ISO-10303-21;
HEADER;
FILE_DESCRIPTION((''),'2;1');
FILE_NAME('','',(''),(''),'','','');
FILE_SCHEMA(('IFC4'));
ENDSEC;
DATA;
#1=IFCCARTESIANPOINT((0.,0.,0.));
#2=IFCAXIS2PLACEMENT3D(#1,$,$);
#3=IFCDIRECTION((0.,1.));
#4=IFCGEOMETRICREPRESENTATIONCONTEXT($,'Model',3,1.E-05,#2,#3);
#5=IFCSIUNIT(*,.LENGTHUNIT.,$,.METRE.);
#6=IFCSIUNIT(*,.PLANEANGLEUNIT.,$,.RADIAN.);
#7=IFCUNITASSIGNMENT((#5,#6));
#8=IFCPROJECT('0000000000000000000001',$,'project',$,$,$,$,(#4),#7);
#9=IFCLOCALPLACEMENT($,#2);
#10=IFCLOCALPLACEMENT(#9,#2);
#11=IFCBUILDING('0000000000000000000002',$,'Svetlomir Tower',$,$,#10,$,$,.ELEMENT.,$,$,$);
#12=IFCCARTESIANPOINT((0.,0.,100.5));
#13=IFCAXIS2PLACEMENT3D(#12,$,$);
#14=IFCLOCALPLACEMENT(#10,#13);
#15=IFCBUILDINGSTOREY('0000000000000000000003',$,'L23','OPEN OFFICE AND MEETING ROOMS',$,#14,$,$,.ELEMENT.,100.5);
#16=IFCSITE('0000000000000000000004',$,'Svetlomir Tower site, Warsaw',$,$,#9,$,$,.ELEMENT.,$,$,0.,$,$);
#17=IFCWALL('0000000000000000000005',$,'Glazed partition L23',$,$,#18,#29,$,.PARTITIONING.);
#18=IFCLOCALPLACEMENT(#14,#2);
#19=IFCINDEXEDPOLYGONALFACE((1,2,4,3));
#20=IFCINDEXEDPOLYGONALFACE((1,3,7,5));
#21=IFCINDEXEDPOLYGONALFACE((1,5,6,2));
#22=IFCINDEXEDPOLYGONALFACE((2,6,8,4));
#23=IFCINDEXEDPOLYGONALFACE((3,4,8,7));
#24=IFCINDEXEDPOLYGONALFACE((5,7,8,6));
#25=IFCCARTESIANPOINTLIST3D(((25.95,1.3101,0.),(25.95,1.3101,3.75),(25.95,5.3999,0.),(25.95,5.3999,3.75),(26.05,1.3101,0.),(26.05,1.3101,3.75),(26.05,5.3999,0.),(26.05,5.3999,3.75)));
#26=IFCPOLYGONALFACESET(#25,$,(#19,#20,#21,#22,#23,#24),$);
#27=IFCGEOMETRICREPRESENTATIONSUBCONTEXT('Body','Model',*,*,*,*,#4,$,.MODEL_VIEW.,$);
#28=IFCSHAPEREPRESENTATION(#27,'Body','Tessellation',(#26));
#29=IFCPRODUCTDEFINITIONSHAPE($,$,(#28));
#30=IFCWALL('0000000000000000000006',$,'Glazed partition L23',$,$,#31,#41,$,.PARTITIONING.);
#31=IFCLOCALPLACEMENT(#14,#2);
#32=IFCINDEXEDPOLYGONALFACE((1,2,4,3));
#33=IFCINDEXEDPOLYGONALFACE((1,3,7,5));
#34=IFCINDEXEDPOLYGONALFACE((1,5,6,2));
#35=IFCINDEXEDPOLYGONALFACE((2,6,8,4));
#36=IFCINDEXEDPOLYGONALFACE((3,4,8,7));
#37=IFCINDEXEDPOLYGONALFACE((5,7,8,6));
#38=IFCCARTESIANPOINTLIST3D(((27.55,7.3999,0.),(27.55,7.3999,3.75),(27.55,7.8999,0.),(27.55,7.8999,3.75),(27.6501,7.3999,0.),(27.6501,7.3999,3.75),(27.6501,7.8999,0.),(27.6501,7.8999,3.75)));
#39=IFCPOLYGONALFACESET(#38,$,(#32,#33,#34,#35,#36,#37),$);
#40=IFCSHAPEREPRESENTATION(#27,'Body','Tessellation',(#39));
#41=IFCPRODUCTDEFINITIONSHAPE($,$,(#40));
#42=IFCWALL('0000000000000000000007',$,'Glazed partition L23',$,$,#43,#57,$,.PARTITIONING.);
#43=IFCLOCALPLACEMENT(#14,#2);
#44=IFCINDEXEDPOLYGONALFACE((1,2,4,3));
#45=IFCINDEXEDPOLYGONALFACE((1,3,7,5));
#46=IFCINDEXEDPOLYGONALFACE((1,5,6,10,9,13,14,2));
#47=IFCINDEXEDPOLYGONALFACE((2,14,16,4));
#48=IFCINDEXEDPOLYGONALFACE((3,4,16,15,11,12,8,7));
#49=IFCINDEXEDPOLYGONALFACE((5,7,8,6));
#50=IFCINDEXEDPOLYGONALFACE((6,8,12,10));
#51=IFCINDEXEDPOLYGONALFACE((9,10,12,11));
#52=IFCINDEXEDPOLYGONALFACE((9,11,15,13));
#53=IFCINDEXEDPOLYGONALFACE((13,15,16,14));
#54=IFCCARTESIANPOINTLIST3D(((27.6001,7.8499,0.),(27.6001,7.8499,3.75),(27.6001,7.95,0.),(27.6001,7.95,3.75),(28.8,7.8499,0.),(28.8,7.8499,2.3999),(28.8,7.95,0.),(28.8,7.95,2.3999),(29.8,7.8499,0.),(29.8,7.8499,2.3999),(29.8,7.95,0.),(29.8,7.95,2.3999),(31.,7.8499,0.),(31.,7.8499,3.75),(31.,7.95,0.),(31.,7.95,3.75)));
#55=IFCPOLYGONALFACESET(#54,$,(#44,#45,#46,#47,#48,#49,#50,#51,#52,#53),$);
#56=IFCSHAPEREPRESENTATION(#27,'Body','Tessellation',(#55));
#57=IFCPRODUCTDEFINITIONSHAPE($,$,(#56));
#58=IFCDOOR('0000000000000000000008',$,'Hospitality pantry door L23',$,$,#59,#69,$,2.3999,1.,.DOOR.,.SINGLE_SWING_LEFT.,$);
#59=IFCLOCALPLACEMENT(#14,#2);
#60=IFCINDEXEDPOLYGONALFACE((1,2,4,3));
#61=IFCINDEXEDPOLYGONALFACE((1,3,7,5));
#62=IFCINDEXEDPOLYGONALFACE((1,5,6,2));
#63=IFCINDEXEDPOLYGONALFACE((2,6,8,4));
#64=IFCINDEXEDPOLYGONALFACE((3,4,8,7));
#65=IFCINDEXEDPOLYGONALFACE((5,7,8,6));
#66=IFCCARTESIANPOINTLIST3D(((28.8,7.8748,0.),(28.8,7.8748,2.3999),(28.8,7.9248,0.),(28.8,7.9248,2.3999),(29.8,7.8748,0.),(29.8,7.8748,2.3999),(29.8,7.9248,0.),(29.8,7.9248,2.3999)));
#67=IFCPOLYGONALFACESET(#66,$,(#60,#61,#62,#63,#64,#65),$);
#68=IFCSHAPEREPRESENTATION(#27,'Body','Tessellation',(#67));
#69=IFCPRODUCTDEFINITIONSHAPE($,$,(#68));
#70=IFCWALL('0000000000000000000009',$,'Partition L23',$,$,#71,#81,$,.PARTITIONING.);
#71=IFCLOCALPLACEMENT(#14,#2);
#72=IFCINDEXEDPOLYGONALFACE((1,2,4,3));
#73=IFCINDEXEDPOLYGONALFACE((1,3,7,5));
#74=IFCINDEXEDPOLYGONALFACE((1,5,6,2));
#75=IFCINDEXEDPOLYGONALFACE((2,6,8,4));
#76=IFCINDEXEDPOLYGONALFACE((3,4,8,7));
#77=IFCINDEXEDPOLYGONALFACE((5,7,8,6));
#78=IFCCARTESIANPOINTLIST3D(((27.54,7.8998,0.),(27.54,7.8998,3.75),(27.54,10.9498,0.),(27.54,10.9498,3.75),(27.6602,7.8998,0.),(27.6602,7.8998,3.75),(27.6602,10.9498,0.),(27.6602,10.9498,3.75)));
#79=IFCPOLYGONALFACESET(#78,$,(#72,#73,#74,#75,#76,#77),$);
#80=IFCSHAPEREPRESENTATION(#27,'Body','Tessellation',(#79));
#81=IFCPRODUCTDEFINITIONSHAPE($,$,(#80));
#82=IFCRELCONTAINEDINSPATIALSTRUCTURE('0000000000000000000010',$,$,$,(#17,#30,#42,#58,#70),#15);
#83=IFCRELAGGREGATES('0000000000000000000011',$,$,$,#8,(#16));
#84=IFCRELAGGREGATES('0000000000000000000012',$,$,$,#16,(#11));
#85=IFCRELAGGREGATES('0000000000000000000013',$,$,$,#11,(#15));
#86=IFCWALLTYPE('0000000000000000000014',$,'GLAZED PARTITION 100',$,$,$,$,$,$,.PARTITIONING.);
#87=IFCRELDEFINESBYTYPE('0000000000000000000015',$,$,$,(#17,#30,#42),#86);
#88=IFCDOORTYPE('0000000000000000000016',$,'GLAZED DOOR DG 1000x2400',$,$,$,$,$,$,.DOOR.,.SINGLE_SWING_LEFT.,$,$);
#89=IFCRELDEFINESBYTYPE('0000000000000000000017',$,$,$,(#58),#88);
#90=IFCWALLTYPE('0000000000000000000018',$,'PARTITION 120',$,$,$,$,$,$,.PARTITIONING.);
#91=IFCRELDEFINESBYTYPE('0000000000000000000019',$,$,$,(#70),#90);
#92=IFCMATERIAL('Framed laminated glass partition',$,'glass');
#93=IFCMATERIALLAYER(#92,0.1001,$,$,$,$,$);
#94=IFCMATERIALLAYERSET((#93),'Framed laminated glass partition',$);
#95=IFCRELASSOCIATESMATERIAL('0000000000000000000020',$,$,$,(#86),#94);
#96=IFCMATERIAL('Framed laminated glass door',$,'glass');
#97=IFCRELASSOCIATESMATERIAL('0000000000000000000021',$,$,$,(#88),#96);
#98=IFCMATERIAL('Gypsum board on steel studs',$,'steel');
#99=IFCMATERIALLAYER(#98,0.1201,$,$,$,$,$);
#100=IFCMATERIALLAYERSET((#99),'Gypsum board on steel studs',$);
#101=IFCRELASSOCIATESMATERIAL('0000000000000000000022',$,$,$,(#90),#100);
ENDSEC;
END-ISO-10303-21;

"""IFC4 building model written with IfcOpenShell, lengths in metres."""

from ifc_helpers import new_model, si_unit, direction, frame, frame_2d, origin, place, context, subcontext, project, spatial, rectangle, extrude, material, layer, layer_set, type_object, element, fill, save


model = new_model("IFC4")

# Units and contexts
model_context = context("Model", 3, precision=1e-05, world=origin(), true_north=direction((0.0, 1.0)))
body_context = subcontext(model_context, "Body", "Model", "MODEL_VIEW")
ifc_project = project(units=[si_unit("LENGTHUNIT", "METRE"), si_unit("PLANEANGLEUNIT", "RADIAN")], contexts=[model_context])

# Site, building, storey
site_placement = place(None, origin())
site = spatial("IfcSite", under=ifc_project, at=site_placement, Name="Svetlomir Tower site, Warsaw", CompositionType="ELEMENT", RefElevation=0.0)
building_placement = place(site_placement, origin())
building = spatial("IfcBuilding", under=site, at=building_placement, Name="Svetlomir Tower", CompositionType="ELEMENT")
storey_placement = place(building_placement, frame((0.0, 0.0, 100.5)))
storey = spatial("IfcBuildingStorey", under=building, at=storey_placement, Name="L23", Description="OPEN OFFICE AND MEETING ROOMS", CompositionType="ELEMENT", Elevation=100.5)

# Shared definitions
ifc_material_1 = material(Name="Framed laminated glass partition", Category="glass")
ifc_layer_1 = layer(ifc_material_1, 0.1001)
ifc_layer_set_1 = layer_set([ifc_layer_1], Name="Framed laminated glass partition")
wall_type_1 = type_object("IfcWallType", Name="GLAZED PARTITION 100", PredefinedType="PARTITIONING", material=ifc_layer_set_1)

# Shared definitions
ifc_material_2 = material(Name="Framed laminated glass door", Category="glass")
door_type_1 = type_object("IfcDoorType", Name="GLAZED DOOR DG 1000x2400", OperationType="SINGLE_SWING_LEFT", PredefinedType="DOOR", material=ifc_material_2)

# Walls
wall_1_placement = place(storey_placement, frame((26.0, 1.3101, 0.0), z_axis=(0.0, 0.0, 1.0), x_axis=(0.0, 1.0, 0.0)))
element("IfcWall", 1, at=wall_1_placement, inside=storey, type_object=wall_type_1, Name="Glazed partition L23", PredefinedType="PARTITIONING", context=body_context, shape_type="SweptSolid", body=[
    extrude(rectangle(XDim=4.0898, YDim=0.1001, at=frame_2d((2.0449, 0.0))), origin(), (0.0, 0.0, 1.0), 3.75),
])
wall_2_placement = place(storey_placement, frame((27.6001, 7.3999, 0.0), z_axis=(0.0, 0.0, 1.0), x_axis=(0.0, 1.0, 0.0)))
element("IfcWall", 2, at=wall_2_placement, inside=storey, type_object=wall_type_1, Name="Glazed partition L23", PredefinedType="PARTITIONING", context=body_context, shape_type="SweptSolid", body=[
    extrude(rectangle(XDim=0.5, YDim=0.1001, at=frame_2d((0.25, 0.0))), origin(), (0.0, 0.0, 1.0), 3.75),
])

# Wall, opening, door
wall_3_placement = place(storey_placement, frame((27.6001, 7.8999, 0.0), z_axis=(0.0, 0.0, 1.0), x_axis=(1.0, 0.0, 0.0)))
wall_3 = element("IfcWall", 3, at=wall_3_placement, inside=storey, type_object=wall_type_1, Name="Glazed partition L23", PredefinedType="PARTITIONING", context=body_context, shape_type="SweptSolid", body=[
    extrude(rectangle(XDim=3.3999, YDim=0.1001, at=frame_2d((1.7, 0.0))), origin(), (0.0, 0.0, 1.0), 3.75),
])
opening_1_placement = place(wall_3_placement, frame((1.2, 0.0, 0.0)))
opening_1 = element("IfcOpeningElement", 4, at=opening_1_placement, cuts=wall_3, PredefinedType="OPENING", context=body_context, shape_type="SweptSolid", body=[
    extrude(rectangle(XDim=1.0, YDim=2.3999, at=frame_2d((0.5, 1.2))), frame((0.0, 0.0601, 0.0), z_axis=(0.0, -1.0, 0.0), x_axis=(1.0, 0.0, 0.0)), (0.0, 0.0, 1.0), 0.1201),
])
door_1_placement = place(opening_1_placement, origin())
door_1 = element("IfcDoor", 5, at=door_1_placement, inside=storey, type_object=door_type_1, Name="Hospitality pantry door L23", OperationType="SINGLE_SWING_LEFT", OverallHeight=2.3999, OverallWidth=1.0, PredefinedType="DOOR", context=body_context, shape_type="SweptSolid", body=[
    extrude(rectangle(XDim=1.0, YDim=2.3999, at=frame_2d((0.5, 1.2))), frame((0.0, 0.0249, 0.0), z_axis=(0.0, -1.0, 0.0), x_axis=(1.0, 0.0, 0.0)), (0.0, 0.0, 1.0), 0.05),
])
fill(opening_1, door_1)

# Wall
ifc_material_3 = material(Name="Gypsum board on steel studs", Category="steel")
ifc_layer_2 = layer(ifc_material_3, 0.1201)
ifc_layer_set_2 = layer_set([ifc_layer_2], Name="Gypsum board on steel studs")
wall_type_2 = type_object("IfcWallType", Name="PARTITION 120", PredefinedType="PARTITIONING", material=ifc_layer_set_2)
wall_4_placement = place(storey_placement, frame((27.6001, 7.8999, 0.0), z_axis=(0.0, 0.0, 1.0), x_axis=(0.0, 1.0, 0.0)))
element("IfcWall", 6, at=wall_4_placement, inside=storey, type_object=wall_type_2, Name="Partition L23", PredefinedType="PARTITIONING", context=body_context, shape_type="SweptSolid", body=[
    extrude(rectangle(XDim=3.05, YDim=0.1201, at=frame_2d((1.5249, 0.0))), origin(), (0.0, 0.0, 1.0), 3.75),
])

save(model, "model.ifc")
